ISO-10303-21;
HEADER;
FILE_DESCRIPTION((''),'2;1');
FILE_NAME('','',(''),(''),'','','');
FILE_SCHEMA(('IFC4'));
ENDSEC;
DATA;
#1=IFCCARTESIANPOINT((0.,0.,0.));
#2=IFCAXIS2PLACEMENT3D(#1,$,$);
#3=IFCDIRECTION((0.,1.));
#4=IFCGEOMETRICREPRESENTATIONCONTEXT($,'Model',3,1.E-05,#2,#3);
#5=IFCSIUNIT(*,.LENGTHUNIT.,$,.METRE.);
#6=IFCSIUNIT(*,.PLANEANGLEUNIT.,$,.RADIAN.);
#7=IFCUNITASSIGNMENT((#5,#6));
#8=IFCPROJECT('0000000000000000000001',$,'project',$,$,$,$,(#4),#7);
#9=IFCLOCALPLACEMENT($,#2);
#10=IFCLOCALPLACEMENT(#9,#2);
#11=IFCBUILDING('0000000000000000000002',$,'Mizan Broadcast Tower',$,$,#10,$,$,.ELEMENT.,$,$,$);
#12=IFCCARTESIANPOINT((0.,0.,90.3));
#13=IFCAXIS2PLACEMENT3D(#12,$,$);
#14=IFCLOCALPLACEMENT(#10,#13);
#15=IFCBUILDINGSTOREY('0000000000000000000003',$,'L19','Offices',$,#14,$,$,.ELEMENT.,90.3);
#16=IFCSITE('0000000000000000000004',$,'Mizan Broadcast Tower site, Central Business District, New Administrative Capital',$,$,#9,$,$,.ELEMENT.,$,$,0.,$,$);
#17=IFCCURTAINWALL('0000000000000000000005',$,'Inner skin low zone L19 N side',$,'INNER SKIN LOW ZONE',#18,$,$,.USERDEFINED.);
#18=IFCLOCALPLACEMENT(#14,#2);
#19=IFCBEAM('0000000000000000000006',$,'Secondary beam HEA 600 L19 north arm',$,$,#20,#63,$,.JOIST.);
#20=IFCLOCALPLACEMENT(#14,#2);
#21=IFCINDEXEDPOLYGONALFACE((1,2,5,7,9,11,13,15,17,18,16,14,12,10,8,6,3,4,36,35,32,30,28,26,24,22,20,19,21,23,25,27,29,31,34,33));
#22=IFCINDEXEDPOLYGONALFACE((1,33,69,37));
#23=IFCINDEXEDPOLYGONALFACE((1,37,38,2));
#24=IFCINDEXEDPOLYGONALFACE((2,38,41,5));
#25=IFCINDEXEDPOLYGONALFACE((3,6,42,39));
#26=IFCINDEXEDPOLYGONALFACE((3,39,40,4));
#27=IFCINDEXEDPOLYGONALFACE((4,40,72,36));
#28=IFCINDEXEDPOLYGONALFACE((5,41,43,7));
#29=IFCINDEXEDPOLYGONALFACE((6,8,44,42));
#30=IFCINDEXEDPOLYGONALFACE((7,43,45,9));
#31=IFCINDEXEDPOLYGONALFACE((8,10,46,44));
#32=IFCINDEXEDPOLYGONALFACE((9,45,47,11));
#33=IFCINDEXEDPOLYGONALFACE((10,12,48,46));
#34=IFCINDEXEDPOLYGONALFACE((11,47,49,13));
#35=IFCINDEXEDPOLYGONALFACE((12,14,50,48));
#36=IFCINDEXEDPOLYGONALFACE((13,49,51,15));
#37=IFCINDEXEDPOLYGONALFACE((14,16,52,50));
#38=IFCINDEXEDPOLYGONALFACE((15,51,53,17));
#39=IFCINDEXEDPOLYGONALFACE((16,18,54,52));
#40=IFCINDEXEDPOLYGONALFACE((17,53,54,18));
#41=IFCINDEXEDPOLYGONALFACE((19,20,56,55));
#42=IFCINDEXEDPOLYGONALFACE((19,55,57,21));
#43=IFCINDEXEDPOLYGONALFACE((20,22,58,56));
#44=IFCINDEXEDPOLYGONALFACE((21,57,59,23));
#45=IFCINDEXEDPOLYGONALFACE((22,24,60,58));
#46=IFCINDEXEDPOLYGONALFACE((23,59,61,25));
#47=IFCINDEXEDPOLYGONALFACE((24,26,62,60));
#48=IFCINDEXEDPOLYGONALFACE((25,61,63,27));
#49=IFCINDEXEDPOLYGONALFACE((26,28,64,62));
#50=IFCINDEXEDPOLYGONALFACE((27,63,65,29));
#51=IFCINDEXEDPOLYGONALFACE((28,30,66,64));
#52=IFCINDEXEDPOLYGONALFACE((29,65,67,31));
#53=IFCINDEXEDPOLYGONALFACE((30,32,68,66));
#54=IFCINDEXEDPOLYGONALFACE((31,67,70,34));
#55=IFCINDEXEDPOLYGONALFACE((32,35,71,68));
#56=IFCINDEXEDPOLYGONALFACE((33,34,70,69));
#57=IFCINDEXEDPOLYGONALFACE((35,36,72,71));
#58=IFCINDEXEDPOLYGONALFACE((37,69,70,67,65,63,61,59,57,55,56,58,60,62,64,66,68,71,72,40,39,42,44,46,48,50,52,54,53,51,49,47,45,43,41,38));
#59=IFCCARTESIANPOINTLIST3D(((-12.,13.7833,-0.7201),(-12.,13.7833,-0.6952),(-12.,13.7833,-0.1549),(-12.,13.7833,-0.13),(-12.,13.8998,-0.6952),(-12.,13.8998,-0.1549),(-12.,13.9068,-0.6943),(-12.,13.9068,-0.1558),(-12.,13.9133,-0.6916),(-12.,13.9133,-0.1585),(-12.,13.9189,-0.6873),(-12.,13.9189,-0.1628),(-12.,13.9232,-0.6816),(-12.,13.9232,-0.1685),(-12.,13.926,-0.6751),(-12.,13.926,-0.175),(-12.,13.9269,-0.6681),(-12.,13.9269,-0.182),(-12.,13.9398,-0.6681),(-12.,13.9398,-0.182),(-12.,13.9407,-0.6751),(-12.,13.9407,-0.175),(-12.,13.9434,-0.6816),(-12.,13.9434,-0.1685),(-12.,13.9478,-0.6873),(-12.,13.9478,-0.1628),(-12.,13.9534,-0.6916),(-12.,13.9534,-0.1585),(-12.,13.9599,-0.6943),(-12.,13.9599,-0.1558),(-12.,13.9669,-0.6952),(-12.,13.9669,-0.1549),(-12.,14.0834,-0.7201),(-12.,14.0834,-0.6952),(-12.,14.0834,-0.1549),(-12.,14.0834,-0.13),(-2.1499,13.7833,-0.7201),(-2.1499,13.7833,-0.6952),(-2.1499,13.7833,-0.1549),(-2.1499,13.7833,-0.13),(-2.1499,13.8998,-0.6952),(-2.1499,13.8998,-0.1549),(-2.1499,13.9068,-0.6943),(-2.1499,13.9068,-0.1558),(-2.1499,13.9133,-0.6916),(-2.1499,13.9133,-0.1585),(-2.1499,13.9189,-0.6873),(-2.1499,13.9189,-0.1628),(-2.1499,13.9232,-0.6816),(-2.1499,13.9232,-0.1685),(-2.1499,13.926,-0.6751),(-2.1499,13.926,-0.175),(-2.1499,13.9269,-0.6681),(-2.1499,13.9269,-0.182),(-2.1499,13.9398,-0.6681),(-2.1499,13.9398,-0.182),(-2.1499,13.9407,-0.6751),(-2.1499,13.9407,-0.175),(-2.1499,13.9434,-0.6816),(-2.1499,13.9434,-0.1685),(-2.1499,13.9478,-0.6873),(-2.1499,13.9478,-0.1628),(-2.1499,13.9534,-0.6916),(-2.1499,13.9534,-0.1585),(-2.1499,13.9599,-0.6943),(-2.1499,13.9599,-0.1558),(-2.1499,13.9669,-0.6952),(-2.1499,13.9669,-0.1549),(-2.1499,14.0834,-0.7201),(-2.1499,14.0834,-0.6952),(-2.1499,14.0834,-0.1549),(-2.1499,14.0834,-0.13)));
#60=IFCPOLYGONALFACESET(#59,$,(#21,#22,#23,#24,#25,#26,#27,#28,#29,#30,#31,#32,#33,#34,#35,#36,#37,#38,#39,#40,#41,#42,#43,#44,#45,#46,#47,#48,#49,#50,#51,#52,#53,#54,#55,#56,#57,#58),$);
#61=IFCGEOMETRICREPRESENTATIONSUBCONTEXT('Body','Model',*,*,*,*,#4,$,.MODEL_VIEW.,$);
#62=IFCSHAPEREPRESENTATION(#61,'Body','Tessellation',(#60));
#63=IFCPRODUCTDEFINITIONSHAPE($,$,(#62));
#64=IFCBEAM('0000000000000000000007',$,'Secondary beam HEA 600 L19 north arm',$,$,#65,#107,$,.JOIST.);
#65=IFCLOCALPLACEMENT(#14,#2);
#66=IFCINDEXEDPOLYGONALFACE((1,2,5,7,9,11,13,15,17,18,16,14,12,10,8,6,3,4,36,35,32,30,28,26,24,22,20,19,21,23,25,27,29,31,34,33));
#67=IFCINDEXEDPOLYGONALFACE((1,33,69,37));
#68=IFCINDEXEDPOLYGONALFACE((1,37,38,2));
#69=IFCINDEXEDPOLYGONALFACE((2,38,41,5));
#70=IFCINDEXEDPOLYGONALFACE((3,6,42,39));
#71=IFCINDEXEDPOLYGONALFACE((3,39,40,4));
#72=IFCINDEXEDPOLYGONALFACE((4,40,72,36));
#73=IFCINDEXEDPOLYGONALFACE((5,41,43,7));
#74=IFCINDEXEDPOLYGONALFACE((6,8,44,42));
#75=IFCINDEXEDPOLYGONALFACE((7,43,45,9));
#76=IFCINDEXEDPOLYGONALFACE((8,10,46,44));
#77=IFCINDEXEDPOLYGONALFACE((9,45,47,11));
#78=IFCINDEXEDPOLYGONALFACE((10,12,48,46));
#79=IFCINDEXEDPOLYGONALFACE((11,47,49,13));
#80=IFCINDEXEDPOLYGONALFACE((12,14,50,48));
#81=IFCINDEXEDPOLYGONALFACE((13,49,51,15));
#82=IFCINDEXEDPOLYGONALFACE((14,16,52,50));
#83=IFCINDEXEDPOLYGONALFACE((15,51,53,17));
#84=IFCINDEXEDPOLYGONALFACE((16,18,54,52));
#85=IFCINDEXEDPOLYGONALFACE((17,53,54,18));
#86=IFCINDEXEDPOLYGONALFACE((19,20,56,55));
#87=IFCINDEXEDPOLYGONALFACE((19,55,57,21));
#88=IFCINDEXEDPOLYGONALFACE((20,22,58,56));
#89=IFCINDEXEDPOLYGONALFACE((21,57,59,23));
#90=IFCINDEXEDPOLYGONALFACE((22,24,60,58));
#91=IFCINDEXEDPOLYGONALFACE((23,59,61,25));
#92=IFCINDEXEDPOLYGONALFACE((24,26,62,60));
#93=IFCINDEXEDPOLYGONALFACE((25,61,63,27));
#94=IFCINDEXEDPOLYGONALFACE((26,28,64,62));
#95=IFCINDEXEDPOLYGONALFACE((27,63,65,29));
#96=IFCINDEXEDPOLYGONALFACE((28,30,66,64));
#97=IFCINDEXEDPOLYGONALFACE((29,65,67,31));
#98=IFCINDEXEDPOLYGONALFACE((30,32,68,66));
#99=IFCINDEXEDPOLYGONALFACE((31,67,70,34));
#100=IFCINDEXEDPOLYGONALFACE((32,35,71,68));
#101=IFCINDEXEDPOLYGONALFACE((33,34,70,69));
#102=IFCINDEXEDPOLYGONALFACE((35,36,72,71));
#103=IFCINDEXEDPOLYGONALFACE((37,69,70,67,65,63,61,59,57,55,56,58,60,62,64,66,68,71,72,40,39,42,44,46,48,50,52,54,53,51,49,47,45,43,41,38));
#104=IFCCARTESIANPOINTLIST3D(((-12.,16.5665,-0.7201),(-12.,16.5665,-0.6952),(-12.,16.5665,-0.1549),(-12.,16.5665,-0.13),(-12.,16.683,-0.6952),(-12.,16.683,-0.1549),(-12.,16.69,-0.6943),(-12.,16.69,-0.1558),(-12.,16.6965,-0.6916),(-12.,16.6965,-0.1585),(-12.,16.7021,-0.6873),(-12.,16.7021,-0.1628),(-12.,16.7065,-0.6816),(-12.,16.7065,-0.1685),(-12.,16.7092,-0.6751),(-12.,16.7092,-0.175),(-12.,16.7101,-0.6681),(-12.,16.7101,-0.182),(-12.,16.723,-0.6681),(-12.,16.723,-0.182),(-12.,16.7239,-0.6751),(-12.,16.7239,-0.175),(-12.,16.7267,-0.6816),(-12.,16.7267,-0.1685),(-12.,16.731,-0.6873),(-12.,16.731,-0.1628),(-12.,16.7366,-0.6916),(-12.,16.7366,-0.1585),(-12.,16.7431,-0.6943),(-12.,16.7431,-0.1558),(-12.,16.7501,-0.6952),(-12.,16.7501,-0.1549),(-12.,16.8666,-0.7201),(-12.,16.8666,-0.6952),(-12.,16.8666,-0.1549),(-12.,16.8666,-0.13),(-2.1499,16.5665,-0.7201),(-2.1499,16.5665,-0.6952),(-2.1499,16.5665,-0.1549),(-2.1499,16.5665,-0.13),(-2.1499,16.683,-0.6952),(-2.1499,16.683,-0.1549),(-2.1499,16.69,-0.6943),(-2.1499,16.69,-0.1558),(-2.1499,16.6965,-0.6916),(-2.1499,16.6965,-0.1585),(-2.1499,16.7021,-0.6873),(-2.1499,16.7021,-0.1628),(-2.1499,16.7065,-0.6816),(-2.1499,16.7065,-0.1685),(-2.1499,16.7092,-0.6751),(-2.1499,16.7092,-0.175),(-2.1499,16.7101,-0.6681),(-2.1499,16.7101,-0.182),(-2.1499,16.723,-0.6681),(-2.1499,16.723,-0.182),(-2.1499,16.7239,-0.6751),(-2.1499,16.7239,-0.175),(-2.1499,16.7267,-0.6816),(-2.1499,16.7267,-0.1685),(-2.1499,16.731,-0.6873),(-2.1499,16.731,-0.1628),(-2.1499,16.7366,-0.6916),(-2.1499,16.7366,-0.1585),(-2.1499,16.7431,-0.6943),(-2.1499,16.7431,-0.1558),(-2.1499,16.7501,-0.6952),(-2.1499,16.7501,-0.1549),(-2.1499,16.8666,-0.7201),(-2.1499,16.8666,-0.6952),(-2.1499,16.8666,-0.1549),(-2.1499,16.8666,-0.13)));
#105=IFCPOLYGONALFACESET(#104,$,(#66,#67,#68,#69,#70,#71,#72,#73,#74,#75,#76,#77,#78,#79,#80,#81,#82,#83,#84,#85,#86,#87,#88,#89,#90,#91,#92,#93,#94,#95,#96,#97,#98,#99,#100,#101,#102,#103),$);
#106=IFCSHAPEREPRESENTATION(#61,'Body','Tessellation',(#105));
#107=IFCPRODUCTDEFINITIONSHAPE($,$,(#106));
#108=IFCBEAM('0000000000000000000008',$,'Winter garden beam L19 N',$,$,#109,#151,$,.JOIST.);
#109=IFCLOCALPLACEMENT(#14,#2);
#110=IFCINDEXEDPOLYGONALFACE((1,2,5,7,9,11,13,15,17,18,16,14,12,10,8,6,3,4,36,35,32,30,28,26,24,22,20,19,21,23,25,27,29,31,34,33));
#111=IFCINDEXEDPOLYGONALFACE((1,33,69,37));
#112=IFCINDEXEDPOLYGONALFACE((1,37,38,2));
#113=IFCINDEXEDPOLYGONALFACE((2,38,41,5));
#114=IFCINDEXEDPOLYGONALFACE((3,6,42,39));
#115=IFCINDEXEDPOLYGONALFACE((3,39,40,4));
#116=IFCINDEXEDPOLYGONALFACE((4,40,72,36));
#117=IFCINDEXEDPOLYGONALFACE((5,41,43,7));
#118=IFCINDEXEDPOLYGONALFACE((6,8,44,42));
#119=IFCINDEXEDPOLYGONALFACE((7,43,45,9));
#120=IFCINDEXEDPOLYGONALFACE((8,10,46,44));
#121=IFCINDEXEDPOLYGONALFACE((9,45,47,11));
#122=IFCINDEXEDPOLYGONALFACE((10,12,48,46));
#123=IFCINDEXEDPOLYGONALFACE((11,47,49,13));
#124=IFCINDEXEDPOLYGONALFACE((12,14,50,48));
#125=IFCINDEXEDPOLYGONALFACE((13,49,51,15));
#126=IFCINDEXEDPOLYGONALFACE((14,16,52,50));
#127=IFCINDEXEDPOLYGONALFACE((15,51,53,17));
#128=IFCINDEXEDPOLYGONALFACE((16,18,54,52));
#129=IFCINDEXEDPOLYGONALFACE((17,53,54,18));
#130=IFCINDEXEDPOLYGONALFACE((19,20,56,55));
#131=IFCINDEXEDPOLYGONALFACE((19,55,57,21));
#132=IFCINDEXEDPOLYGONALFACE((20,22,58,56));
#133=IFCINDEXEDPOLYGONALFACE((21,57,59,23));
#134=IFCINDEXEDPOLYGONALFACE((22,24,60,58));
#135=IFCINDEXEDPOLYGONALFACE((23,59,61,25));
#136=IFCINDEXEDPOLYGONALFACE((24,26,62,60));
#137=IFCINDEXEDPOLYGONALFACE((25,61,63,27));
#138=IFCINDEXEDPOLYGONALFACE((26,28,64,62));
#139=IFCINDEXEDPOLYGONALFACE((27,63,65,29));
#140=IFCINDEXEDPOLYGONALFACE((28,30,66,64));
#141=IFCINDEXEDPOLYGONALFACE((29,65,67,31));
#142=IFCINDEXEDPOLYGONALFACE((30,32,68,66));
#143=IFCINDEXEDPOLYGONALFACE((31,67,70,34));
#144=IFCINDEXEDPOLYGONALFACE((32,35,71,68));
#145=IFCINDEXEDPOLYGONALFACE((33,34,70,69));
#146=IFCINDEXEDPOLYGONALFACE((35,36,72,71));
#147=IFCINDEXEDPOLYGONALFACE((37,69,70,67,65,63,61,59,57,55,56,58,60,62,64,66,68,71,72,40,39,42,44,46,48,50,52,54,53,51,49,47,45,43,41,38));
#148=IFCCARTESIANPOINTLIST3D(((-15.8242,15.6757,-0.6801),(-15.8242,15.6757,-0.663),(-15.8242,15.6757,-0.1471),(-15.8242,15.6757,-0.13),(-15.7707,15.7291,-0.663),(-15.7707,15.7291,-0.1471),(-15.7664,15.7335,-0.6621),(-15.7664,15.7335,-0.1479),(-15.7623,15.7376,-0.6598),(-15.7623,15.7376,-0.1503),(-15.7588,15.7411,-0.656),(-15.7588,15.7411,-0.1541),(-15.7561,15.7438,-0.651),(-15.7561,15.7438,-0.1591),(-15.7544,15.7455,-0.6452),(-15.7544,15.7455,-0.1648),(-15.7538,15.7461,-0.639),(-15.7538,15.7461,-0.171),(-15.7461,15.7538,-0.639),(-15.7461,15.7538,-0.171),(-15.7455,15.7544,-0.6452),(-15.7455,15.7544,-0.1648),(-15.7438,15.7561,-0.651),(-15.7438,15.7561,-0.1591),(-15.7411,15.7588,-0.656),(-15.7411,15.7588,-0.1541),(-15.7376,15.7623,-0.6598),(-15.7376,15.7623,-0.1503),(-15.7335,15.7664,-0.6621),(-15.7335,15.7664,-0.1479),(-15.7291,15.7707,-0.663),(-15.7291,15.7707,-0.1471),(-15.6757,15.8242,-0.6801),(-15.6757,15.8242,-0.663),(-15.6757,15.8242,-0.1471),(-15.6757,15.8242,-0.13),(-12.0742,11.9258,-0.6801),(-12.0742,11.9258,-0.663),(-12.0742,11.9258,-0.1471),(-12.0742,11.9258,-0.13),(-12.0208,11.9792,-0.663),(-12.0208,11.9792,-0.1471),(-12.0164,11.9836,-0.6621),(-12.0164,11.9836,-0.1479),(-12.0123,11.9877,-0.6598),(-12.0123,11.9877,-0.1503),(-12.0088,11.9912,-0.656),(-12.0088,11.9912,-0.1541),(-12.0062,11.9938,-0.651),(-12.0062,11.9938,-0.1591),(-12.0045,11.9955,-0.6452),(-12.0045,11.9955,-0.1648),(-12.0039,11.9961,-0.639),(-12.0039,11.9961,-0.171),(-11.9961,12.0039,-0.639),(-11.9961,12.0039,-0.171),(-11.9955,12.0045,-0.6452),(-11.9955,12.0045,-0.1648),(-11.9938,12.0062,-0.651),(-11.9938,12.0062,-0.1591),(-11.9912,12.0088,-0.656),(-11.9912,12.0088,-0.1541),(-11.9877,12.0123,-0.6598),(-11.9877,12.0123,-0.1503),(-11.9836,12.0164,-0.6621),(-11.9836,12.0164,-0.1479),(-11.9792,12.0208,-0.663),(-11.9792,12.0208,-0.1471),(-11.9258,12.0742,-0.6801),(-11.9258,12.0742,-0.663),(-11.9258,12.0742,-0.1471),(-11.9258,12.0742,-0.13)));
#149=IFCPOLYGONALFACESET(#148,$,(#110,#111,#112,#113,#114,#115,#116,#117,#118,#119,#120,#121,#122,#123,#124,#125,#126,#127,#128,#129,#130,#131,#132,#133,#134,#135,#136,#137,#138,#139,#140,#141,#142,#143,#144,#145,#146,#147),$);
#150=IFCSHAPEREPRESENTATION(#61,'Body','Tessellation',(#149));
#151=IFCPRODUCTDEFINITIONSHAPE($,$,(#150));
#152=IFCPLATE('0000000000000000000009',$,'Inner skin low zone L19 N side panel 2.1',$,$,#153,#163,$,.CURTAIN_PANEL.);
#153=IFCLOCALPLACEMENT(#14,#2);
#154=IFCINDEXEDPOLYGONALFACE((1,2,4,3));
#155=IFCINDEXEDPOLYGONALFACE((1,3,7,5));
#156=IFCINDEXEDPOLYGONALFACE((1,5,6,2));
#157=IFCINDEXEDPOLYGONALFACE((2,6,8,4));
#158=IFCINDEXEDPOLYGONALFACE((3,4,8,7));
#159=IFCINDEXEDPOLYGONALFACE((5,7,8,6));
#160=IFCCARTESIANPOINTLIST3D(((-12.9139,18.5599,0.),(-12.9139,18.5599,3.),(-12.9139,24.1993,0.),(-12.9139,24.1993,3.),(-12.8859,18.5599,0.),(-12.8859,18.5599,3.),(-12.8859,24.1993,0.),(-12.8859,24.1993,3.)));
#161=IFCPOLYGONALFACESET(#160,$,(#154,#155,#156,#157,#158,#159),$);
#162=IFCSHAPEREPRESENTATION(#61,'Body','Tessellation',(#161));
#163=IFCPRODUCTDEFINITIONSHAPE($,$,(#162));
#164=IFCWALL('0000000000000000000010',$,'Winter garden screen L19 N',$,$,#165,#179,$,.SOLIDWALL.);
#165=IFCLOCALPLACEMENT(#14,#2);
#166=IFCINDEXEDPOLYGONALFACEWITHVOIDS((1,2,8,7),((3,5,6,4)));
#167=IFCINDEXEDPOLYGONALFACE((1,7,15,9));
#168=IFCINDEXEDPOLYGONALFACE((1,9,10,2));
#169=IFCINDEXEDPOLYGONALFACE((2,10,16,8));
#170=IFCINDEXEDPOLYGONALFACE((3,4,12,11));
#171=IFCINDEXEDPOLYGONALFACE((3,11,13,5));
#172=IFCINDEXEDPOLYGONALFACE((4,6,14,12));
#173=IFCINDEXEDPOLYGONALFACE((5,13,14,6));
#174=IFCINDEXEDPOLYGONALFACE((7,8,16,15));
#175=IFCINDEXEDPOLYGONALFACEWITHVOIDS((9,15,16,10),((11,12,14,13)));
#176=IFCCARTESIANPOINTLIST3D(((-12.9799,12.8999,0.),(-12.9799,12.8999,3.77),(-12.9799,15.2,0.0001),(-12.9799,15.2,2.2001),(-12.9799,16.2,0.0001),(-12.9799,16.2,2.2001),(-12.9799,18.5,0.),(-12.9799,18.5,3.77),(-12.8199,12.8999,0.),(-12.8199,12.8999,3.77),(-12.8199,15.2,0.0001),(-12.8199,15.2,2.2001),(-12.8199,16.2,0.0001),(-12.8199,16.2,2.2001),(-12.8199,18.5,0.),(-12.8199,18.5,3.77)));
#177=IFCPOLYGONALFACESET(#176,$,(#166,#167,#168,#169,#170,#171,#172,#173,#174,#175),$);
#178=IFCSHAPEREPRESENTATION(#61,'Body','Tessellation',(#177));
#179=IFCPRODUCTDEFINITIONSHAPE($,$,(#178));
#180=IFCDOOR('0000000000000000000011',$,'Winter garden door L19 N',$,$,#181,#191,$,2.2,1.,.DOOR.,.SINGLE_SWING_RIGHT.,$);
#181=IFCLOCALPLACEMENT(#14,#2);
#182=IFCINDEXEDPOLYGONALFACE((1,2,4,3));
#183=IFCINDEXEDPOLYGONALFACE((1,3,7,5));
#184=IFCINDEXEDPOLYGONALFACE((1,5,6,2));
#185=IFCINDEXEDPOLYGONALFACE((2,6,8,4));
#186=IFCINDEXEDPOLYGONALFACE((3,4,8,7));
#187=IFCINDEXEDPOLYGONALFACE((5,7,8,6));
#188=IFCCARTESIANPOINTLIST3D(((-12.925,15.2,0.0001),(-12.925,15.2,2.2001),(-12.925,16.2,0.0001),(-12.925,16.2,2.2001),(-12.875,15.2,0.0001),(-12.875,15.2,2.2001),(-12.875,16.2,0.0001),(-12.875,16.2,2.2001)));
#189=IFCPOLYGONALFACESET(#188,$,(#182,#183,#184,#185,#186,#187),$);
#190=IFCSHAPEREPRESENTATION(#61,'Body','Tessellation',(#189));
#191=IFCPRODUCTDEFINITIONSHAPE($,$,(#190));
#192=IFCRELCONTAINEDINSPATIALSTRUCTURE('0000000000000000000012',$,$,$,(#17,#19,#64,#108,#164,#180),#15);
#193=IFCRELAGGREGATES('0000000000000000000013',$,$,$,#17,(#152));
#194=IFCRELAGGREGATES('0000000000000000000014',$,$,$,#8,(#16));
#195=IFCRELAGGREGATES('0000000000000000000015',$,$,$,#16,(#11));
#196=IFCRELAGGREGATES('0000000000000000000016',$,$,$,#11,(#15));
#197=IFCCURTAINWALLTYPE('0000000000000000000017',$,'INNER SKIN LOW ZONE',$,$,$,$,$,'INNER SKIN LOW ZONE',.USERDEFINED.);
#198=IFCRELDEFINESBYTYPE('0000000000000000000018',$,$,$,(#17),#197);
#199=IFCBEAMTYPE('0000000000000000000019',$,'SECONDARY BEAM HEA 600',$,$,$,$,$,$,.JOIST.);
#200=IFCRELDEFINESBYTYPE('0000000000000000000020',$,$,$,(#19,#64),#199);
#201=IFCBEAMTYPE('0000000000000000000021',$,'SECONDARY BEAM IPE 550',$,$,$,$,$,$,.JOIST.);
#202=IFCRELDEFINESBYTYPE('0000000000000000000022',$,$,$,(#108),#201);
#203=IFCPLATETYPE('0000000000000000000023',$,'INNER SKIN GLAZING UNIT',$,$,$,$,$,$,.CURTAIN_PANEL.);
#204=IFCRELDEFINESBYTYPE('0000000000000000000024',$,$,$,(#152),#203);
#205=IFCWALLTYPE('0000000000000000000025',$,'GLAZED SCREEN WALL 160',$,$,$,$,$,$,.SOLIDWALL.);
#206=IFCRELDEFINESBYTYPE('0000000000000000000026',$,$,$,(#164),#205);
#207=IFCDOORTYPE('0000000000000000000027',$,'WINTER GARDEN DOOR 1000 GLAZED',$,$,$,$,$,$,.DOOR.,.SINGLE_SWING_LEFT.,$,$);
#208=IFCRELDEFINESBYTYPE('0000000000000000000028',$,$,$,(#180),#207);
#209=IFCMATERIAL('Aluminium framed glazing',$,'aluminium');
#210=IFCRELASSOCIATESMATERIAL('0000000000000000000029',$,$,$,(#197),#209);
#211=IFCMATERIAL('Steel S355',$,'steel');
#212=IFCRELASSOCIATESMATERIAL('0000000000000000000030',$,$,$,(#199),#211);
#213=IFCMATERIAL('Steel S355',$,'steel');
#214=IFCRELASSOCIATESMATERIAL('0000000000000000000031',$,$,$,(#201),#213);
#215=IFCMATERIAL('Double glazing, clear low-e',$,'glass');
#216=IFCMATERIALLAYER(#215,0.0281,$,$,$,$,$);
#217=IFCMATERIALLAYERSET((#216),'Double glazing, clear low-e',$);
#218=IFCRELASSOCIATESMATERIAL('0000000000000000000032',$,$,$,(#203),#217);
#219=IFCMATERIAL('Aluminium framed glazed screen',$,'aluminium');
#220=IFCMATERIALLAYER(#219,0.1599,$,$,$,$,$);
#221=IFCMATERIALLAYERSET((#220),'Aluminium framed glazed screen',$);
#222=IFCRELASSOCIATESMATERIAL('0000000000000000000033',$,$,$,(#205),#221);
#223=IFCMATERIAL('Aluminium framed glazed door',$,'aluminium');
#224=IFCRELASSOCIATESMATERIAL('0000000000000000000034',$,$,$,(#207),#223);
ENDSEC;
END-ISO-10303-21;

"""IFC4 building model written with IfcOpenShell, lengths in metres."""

from ifc_helpers import new_model, si_unit, direction, frame, frame_2d, origin, origin_2d, place, context, subcontext, project, spatial, rectangle, i_section, extrude, material, layer, layer_set, material_profile, profile_set, type_object, element, fill, aggregate, save


model = new_model("IFC4")

# Units and contexts
model_context = context("Model", 3, precision=1e-05, world=origin(), true_north=direction((0.0, 1.0)))
body_context = subcontext(model_context, "Body", "Model", "MODEL_VIEW")
ifc_project = project(units=[si_unit("LENGTHUNIT", "METRE"), si_unit("PLANEANGLEUNIT", "RADIAN")], contexts=[model_context])

# Site, building, storey
site_placement = place(None, origin())
site = spatial("IfcSite", under=ifc_project, at=site_placement, Name="Mizan Broadcast Tower site, Central Business District, New Administrative Capital", CompositionType="ELEMENT", RefElevation=0.0)
building_placement = place(site_placement, origin())
building = spatial("IfcBuilding", under=site, at=building_placement, Name="Mizan Broadcast Tower", CompositionType="ELEMENT")
storey_placement = place(building_placement, frame((0.0, 0.0, 90.3)))
storey = spatial("IfcBuildingStorey", under=building, at=storey_placement, Name="L19", Description="Offices", CompositionType="ELEMENT", Elevation=90.3)

# Curtain wall
ifc_material_1 = material(Name="Aluminium framed glazing", Category="aluminium")
curtain_wall_type = type_object("IfcCurtainWallType", Name="INNER SKIN LOW ZONE", ElementType="INNER SKIN LOW ZONE", PredefinedType="USERDEFINED", material=ifc_material_1)
curtain_wall_placement = place(storey_placement, origin())
curtain_wall = element("IfcCurtainWall", 1, at=curtain_wall_placement, inside=storey, type_object=curtain_wall_type, Name="Inner skin low zone L19 N side", ObjectType="INNER SKIN LOW ZONE", PredefinedType="USERDEFINED")

# Beams
ifc_material_2 = material(Name="Steel S355", Category="steel")
ifc_material_profile_1 = material_profile(ifc_material_2, i_section(OverallWidth=0.3, OverallDepth=0.5901, WebThickness=0.0129, FlangeThickness=0.0249, FilletRadius=0.0271, at=origin_2d()), Name="HEA 600")
ifc_profile_set_1 = profile_set([ifc_material_profile_1], Name="Steel S355")
beam_type_1 = type_object("IfcBeamType", Name="SECONDARY BEAM HEA 600", PredefinedType="JOIST", material=ifc_profile_set_1)
for number, where, z_axis, x_axis, name in (
    (2, (-12.0, 13.9333, -0.425), (1.0, 0.0, 0.0), (0.0, 1.0, 0.0), "Secondary beam HEA 600 L19 north arm"),
    (3, (-12.0, 16.7166, -0.425), (1.0, 0.0, 0.0), (0.0, 1.0, 0.0), "Secondary beam HEA 600 L19 north arm"),
):
    element("IfcBeam", number, at=place(storey_placement, frame(where, z_axis=z_axis, x_axis=x_axis)), inside=storey, type_object=beam_type_1, Name=name, PredefinedType="JOIST", context=body_context, shape_type="SweptSolid", body=[
        extrude(i_section(OverallWidth=0.3, OverallDepth=0.5901, WebThickness=0.0129, FlangeThickness=0.0249, FilletRadius=0.0271, at=origin_2d()), origin(), (0.0, 0.0, 1.0), 9.8501),
    ])
ifc_material_3 = material(Name="Steel S355", Category="steel")
ifc_material_profile_2 = material_profile(ifc_material_3, i_section(OverallWidth=0.21, OverallDepth=0.55, WebThickness=0.011, FlangeThickness=0.0171, FilletRadius=0.0239, at=origin_2d()), Name="IPE 550")
ifc_profile_set_2 = profile_set([ifc_material_profile_2], Name="Steel S355")
beam_type_2 = type_object("IfcBeamType", Name="SECONDARY BEAM IPE 550", PredefinedType="JOIST", material=ifc_profile_set_2)
beam_1_placement = place(storey_placement, frame((-12.0, 12.0, -0.405), z_axis=(-0.707107, 0.707107, 0.0), x_axis=(-0.707107, -0.707107, 0.0)))
element("IfcBeam", 4, at=beam_1_placement, inside=storey, type_object=beam_type_2, Name="Winter garden beam L19 N", PredefinedType="JOIST", context=body_context, shape_type="SweptSolid", body=[
    extrude(i_section(OverallWidth=0.21, OverallDepth=0.55, WebThickness=0.011, FlangeThickness=0.0171, FilletRadius=0.0239, at=origin_2d()), origin(), (0.0, 0.0, 1.0), 5.3032),
])

# Plate
ifc_material_4 = material(Name="Double glazing, clear low-e", Category="glass")
ifc_layer_1 = layer(ifc_material_4, 0.0281)
ifc_layer_set_1 = layer_set([ifc_layer_1], Name="Double glazing, clear low-e")
plate_type = type_object("IfcPlateType", Name="INNER SKIN GLAZING UNIT", PredefinedType="CURTAIN_PANEL", material=ifc_layer_set_1)
plate_placement = place(storey_placement, frame((-12.8999, 21.3796, 0.0), z_axis=(0.0, 0.0, 1.0), x_axis=(0.0, -1.0, 0.0)))
plate = element("IfcPlate", 5, at=plate_placement, type_object=plate_type, Name="Inner skin low zone L19 N side panel 2.1", PredefinedType="CURTAIN_PANEL", context=body_context, shape_type="SweptSolid", body=[
    extrude(rectangle(XDim=5.6394, YDim=0.0281, at=origin_2d()), origin(), (0.0, 0.0, 1.0), 3.0),
])
aggregate(curtain_wall, [plate])

# Wall, opening, door
ifc_material_5 = material(Name="Aluminium framed glazed screen", Category="aluminium")
ifc_layer_2 = layer(ifc_material_5, 0.1599)
ifc_layer_set_2 = layer_set([ifc_layer_2], Name="Aluminium framed glazed screen")
wall_type = type_object("IfcWallType", Name="GLAZED SCREEN WALL 160", PredefinedType="SOLIDWALL", material=ifc_layer_set_2)
wall_1_placement = place(storey_placement, frame((-12.8999, 18.5, 0.0), z_axis=(0.0, 0.0, 1.0), x_axis=(0.0, -1.0, 0.0)))
wall_1 = element("IfcWall", 6, at=wall_1_placement, inside=storey, type_object=wall_type, Name="Winter garden screen L19 N", PredefinedType="SOLIDWALL", context=body_context, shape_type="SweptSolid", body=[
    extrude(rectangle(XDim=5.6001, YDim=0.1599, at=frame_2d((2.8, 0.0))), origin(), (0.0, 0.0, 1.0), 3.77),
])
opening_placement = place(wall_1_placement, frame((2.3, 0.0, 0.0)))
opening = element("IfcOpeningElement", 7, at=opening_placement, cuts=wall_1, PredefinedType="OPENING", context=body_context, shape_type="SweptSolid", body=[
    extrude(rectangle(XDim=1.0, YDim=2.2, at=frame_2d((0.5, 1.1001))), frame((0.0, 0.0898, 0.0), z_axis=(0.0, -1.0, 0.0), x_axis=(1.0, 0.0, 0.0)), (0.0, 0.0, 1.0), 0.1799),
])
ifc_material_6 = material(Name="Aluminium framed glazed door", Category="aluminium")
door_type = type_object("IfcDoorType", Name="WINTER GARDEN DOOR 1000 GLAZED", OperationType="SINGLE_SWING_LEFT", PredefinedType="DOOR", material=ifc_material_6)
door_placement = place(opening_placement, origin())
door = element("IfcDoor", 8, at=door_placement, inside=storey, type_object=door_type, Name="Winter garden door L19 N", OperationType="SINGLE_SWING_RIGHT", OverallHeight=2.2, OverallWidth=1.0, PredefinedType="DOOR", context=body_context, shape_type="SweptSolid", body=[
    extrude(rectangle(XDim=1.0, YDim=2.2, at=frame_2d((0.5, 1.1001))), frame((0.0, 0.0249, 0.0), z_axis=(0.0, -1.0, 0.0), x_axis=(1.0, 0.0, 0.0)), (0.0, 0.0, 1.0), 0.05),
])
fill(opening, door)

save(model, "model.ifc")
